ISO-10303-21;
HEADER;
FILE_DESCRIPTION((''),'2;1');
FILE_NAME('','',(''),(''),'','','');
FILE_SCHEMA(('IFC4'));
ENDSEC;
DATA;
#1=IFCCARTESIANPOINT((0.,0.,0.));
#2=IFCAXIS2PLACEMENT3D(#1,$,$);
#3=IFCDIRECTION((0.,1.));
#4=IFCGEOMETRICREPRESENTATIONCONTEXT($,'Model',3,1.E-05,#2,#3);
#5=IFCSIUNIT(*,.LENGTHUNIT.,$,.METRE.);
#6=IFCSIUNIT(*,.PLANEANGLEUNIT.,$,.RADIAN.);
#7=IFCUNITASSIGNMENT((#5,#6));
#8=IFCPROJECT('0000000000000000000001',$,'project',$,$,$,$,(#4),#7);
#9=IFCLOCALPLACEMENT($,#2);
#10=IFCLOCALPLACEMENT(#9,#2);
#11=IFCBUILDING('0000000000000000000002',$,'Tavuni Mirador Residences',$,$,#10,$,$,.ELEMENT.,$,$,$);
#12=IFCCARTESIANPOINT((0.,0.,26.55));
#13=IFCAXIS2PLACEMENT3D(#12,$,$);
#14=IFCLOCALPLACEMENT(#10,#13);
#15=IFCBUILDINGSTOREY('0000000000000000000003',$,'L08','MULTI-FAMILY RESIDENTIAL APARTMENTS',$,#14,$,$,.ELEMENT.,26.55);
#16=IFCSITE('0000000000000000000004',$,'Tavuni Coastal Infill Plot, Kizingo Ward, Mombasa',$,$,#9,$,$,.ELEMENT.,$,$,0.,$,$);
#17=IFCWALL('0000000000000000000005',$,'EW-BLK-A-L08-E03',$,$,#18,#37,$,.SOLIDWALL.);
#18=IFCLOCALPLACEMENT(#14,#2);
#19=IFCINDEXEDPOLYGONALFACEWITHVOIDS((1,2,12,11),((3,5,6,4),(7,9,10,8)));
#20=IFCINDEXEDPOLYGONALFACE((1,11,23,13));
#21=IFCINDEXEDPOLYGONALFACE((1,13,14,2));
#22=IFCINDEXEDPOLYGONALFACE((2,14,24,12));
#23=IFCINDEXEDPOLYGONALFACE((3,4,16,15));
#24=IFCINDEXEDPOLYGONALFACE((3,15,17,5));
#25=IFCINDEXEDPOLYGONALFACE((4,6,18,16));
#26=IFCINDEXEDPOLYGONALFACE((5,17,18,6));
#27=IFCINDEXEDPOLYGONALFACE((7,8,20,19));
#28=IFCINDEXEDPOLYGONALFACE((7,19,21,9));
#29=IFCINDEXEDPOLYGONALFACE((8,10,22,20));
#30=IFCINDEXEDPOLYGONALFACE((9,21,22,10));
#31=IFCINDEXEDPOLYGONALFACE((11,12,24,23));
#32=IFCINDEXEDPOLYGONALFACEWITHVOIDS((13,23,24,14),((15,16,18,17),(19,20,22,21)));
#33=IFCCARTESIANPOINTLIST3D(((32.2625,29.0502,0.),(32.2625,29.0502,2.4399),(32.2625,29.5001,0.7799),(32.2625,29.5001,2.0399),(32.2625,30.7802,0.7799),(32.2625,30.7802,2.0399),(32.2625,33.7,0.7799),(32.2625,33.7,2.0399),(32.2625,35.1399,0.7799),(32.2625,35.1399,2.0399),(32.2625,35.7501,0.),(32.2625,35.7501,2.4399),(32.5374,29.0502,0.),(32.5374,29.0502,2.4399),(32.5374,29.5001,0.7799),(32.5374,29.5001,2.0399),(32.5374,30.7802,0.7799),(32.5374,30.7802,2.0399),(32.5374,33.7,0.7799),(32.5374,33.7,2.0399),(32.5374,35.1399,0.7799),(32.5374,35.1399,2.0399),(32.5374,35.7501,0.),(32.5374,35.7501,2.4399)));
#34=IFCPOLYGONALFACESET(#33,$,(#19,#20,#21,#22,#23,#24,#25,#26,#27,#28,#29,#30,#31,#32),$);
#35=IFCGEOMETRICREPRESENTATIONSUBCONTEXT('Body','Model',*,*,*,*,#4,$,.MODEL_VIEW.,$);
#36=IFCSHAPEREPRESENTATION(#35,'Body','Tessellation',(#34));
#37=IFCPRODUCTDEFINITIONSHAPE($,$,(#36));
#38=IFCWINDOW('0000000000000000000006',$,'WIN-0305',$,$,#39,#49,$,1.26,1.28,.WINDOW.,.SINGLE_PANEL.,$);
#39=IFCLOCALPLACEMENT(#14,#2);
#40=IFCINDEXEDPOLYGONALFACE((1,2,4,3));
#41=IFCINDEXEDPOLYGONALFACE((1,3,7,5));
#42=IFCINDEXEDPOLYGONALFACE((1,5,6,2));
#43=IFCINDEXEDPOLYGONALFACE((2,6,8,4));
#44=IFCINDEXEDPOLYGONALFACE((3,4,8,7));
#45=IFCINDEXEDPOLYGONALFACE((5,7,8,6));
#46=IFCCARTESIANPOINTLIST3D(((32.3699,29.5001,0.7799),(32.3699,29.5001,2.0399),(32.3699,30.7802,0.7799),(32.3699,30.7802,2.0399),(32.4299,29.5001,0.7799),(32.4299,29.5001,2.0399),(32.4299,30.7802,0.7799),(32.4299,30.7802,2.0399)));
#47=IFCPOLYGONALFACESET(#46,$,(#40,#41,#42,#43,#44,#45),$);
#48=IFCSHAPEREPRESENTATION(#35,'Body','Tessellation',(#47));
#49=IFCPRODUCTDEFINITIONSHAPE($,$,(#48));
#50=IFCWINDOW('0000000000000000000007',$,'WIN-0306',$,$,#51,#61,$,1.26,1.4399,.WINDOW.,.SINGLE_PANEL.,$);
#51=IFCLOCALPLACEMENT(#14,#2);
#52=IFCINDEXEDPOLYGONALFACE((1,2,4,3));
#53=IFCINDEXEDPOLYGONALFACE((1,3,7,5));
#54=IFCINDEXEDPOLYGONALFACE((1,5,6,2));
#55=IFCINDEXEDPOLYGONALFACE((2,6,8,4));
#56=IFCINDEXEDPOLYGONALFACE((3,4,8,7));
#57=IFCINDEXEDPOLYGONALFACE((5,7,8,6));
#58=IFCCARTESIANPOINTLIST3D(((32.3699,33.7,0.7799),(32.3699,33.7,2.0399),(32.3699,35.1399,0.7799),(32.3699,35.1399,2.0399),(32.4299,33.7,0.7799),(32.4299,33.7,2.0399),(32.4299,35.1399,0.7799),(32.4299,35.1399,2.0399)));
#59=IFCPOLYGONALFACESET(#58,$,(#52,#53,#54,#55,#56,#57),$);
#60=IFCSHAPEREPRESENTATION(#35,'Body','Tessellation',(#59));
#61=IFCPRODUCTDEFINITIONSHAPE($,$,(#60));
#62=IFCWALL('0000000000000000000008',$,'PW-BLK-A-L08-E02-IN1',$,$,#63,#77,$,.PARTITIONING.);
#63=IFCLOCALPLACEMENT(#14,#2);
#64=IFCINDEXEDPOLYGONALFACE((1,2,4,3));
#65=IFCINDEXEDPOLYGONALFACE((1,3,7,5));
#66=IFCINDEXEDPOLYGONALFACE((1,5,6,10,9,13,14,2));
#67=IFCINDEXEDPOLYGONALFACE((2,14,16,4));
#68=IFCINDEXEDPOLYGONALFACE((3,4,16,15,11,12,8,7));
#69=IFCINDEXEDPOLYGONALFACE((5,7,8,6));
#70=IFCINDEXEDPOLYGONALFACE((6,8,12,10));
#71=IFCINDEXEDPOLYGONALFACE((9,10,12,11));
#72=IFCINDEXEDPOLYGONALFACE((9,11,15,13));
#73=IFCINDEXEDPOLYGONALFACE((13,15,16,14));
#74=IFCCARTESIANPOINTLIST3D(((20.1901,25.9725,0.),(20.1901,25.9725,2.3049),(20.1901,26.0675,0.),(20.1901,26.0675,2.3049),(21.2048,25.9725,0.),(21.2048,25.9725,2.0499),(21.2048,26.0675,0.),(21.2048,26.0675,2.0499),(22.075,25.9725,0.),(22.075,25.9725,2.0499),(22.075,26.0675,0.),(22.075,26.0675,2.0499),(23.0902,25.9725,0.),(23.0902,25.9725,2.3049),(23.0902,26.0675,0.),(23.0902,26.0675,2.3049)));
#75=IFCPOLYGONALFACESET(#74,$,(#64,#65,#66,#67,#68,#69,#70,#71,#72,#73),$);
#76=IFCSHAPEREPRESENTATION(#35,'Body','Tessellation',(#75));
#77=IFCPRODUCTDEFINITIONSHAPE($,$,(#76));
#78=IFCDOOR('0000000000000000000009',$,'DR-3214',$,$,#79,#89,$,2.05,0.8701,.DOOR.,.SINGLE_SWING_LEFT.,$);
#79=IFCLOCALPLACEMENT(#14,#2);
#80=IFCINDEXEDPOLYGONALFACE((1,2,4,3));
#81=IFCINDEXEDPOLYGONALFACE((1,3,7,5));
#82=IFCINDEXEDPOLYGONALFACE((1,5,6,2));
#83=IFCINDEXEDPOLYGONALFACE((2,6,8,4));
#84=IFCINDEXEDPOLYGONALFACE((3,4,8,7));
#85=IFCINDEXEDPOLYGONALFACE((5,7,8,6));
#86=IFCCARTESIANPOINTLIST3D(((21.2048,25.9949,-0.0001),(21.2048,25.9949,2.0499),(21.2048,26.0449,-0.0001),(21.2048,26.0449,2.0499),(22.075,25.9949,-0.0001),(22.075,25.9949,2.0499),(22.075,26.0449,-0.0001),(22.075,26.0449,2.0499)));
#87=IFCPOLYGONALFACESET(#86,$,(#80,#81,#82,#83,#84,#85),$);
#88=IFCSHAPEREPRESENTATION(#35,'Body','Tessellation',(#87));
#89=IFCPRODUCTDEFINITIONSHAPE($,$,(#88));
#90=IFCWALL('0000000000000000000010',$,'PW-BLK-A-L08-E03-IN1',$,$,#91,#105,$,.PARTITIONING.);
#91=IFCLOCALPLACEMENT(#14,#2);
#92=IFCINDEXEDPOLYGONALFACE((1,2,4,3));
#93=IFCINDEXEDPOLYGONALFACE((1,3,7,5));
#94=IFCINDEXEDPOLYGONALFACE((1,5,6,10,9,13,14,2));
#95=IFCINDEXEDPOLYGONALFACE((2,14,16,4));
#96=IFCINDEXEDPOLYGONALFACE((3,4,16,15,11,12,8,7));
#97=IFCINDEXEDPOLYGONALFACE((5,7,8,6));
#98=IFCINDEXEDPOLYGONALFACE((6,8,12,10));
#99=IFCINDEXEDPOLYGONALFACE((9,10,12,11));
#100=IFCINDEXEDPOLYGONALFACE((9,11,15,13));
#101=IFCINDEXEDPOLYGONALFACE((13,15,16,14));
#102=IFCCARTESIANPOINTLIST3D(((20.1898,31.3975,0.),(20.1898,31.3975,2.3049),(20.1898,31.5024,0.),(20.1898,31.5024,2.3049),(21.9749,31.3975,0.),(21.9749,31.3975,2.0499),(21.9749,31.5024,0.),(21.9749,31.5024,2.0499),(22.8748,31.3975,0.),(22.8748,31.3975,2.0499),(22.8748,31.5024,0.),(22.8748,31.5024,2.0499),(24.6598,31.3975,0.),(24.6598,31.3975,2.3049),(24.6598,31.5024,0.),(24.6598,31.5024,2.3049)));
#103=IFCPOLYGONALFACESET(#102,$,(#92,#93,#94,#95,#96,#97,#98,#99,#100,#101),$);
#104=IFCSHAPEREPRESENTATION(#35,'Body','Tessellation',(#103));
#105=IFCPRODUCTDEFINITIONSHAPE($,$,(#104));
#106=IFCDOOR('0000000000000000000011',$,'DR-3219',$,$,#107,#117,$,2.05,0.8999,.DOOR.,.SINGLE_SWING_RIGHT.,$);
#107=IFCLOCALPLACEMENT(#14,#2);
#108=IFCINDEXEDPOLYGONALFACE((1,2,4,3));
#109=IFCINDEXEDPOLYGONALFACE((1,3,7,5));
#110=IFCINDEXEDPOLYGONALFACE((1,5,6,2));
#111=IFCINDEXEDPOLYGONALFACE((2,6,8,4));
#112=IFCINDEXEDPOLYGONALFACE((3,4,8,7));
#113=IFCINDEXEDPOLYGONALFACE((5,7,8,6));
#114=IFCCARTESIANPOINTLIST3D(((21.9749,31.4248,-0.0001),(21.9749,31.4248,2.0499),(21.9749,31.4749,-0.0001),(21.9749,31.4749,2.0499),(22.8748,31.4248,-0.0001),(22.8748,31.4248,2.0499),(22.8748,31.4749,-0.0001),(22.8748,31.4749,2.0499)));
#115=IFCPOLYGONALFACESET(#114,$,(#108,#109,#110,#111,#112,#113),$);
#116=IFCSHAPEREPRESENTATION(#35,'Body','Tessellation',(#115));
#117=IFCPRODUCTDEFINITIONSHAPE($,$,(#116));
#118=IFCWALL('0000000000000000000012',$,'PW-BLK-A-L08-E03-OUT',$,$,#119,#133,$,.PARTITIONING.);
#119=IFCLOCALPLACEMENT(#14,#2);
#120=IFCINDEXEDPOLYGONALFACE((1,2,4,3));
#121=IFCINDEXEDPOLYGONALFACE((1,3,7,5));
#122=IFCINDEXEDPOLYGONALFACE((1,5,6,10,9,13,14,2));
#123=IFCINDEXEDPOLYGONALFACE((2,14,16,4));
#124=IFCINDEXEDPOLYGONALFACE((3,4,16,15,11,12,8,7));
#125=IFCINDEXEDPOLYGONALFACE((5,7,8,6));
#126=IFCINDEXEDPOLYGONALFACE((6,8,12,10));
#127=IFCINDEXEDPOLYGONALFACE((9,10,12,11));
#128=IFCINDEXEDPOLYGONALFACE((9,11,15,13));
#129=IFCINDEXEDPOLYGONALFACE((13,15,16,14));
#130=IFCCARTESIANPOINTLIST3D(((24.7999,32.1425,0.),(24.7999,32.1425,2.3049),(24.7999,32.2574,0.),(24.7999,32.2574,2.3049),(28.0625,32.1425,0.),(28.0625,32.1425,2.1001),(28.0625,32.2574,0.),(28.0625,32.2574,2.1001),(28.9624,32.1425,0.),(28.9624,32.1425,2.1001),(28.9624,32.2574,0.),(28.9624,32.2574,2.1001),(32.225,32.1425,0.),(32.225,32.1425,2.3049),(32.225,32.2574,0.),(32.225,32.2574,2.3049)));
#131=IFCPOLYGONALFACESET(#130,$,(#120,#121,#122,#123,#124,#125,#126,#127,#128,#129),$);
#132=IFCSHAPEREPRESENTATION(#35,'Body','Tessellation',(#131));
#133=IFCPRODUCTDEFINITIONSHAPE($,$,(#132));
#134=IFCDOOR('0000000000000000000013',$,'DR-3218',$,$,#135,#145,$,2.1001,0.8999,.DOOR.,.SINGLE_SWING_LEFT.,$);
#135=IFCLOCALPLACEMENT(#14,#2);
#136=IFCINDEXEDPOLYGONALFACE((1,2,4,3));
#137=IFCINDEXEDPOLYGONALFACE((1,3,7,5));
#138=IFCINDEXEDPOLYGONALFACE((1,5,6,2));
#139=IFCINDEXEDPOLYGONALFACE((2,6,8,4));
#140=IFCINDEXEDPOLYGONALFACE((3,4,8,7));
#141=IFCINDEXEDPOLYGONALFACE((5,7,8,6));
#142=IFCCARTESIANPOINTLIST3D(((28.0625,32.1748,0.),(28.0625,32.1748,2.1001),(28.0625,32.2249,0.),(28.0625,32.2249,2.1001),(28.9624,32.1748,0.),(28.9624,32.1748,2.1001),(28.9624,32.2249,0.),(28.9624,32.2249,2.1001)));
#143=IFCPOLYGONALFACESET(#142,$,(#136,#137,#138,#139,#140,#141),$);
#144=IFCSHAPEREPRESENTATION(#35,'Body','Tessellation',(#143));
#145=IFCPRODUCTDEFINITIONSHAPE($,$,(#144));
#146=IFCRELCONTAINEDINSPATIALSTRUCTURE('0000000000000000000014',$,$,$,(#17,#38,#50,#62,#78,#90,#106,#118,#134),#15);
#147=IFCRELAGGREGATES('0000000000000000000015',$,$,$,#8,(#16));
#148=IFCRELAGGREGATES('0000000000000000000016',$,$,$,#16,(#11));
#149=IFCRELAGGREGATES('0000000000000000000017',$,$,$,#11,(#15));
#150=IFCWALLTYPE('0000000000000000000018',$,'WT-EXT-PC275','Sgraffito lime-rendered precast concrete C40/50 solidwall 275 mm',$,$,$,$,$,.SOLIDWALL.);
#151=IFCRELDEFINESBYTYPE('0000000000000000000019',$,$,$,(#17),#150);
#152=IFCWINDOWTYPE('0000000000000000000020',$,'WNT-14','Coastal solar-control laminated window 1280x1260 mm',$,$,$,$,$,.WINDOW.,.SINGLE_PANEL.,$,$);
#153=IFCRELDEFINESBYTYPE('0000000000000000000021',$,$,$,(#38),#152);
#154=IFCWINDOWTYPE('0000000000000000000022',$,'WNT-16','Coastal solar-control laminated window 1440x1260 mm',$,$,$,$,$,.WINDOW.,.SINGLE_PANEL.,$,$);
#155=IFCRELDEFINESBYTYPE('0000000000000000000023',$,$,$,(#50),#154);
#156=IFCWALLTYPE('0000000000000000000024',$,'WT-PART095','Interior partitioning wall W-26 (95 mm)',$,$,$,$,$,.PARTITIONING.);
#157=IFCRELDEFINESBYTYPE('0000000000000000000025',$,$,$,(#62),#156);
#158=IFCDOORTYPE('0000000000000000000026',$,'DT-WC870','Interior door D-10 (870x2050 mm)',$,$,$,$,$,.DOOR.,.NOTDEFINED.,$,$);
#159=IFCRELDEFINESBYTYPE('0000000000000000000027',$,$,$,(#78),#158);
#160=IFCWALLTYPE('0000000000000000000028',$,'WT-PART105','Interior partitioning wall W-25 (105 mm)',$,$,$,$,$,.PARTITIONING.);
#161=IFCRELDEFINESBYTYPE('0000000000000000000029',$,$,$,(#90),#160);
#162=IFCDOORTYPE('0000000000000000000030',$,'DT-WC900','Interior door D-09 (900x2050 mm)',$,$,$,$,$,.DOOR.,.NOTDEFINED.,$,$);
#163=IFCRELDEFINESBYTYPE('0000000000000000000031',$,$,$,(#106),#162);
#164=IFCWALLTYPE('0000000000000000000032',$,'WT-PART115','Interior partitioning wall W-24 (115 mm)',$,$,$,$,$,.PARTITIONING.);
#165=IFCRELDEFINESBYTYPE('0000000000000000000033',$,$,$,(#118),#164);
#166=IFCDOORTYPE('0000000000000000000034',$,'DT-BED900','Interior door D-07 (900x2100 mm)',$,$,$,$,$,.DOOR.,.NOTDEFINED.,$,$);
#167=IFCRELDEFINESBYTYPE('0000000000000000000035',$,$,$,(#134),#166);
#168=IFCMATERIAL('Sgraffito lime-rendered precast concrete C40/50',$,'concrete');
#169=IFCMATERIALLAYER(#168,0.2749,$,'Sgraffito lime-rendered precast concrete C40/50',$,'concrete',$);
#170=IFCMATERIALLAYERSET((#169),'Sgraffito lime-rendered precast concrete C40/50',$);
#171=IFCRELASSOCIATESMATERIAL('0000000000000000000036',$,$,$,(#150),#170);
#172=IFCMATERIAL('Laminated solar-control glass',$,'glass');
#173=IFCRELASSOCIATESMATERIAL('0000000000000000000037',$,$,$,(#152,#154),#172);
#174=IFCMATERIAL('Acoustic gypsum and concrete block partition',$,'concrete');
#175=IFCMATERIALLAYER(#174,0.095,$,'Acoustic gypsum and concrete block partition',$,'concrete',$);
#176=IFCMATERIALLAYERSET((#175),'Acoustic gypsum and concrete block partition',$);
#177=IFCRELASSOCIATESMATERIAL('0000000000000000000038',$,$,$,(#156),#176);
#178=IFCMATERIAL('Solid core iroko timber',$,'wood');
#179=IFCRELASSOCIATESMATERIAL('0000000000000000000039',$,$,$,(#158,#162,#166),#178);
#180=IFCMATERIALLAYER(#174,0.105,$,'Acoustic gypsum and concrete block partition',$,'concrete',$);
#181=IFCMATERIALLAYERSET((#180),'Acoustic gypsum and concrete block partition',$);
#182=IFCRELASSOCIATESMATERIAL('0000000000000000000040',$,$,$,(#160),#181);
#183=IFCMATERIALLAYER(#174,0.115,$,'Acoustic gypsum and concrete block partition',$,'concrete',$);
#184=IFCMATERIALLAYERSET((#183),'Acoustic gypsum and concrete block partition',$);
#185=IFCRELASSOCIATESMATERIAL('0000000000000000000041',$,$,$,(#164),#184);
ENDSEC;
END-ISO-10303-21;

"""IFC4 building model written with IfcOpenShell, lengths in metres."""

from ifc_helpers import new_model, si_unit, direction, frame, frame_2d, origin, place, context, subcontext, project, spatial, rectangle, extrude, material, layer, layer_set, type_object, element, fill, save


model = new_model("IFC4")

# Units and contexts
model_context = context("Model", 3, precision=1e-05, world=origin(), true_north=direction((0.0, 1.0)))
body_context = subcontext(model_context, "Body", "Model", "MODEL_VIEW")
ifc_project = project(units=[si_unit("LENGTHUNIT", "METRE"), si_unit("PLANEANGLEUNIT", "RADIAN")], contexts=[model_context])

# Site, building, storey
site_placement = place(None, origin())
site = spatial("IfcSite", under=ifc_project, at=site_placement, Name="Tavuni Coastal Infill Plot, Kizingo Ward, Mombasa", CompositionType="ELEMENT", RefElevation=0.0)
building_placement = place(site_placement, origin())
building = spatial("IfcBuilding", under=site, at=building_placement, Name="Tavuni Mirador Residences", CompositionType="ELEMENT")
storey_placement = place(building_placement, frame((0.0, 0.0, 26.55)))
storey = spatial("IfcBuildingStorey", under=building, at=storey_placement, Name="L08", Description="MULTI-FAMILY RESIDENTIAL APARTMENTS", CompositionType="ELEMENT", Elevation=26.55)

# Shared definitions
ifc_material_1 = material(Name="Solid core iroko timber", Category="wood")

# Wall, openings, windows
ifc_material_2 = material(Name="Sgraffito lime-rendered precast concrete C40/50", Category="concrete")
ifc_layer_1 = layer(ifc_material_2, 0.2749, Name="Sgraffito lime-rendered precast concrete C40/50", Category="concrete")
ifc_layer_set_1 = layer_set([ifc_layer_1], Name="Sgraffito lime-rendered precast concrete C40/50")
wall_type_1 = type_object("IfcWallType", Name="WT-EXT-PC275", Description="Sgraffito lime-rendered precast concrete C40/50 solidwall 275 mm", PredefinedType="SOLIDWALL", material=ifc_layer_set_1)
wall_1_placement = place(storey_placement, frame((32.3999, 29.05, 0.0), z_axis=(0.0, 0.0, 1.0), x_axis=(0.0, 1.0, 0.0)))
wall_1 = element("IfcWall", 1, at=wall_1_placement, inside=storey, type_object=wall_type_1, Name="EW-BLK-A-L08-E03", PredefinedType="SOLIDWALL", context=body_context, shape_type="SweptSolid", body=[
    extrude(rectangle(XDim=6.7, YDim=0.2749, at=frame_2d((3.3501, 0.0))), origin(), (0.0, 0.0, 1.0), 2.4399),
])
opening_1_placement = place(wall_1_placement, frame((0.45, 0.0, 0.78)))
opening_1 = element("IfcOpeningElement", 2, at=opening_1_placement, cuts=wall_1, PredefinedType="OPENING", context=body_context, shape_type="SweptSolid", body=[
    extrude(rectangle(XDim=1.28, YDim=1.26, at=frame_2d((0.6401, 0.6299))), frame((0.0, 0.1475, 0.0), z_axis=(0.0, -1.0, 0.0), x_axis=(1.0, 0.0, 0.0)), (0.0, 0.0, 1.0), 0.2949),
])
opening_2_placement = place(wall_1_placement, frame((4.6499, 0.0, 0.78)))
opening_2 = element("IfcOpeningElement", 3, at=opening_2_placement, cuts=wall_1, PredefinedType="OPENING", context=body_context, shape_type="SweptSolid", body=[
    extrude(rectangle(XDim=1.4399, YDim=1.26, at=frame_2d((0.72, 0.6299))), frame((0.0, 0.1475, 0.0), z_axis=(0.0, -1.0, 0.0), x_axis=(1.0, 0.0, 0.0)), (0.0, 0.0, 1.0), 0.2949),
])
ifc_material_3 = material(Name="Laminated solar-control glass", Category="glass")
window_type_1 = type_object("IfcWindowType", Name="WNT-14", Description="Coastal solar-control laminated window 1280x1260 mm", PartitioningType="SINGLE_PANEL", PredefinedType="WINDOW", material=ifc_material_3)
window_1_placement = place(opening_1_placement, origin())
window_1 = element("IfcWindow", 4, at=window_1_placement, inside=storey, type_object=window_type_1, Name="WIN-0305", OverallHeight=1.26, OverallWidth=1.28, PartitioningType="SINGLE_PANEL", PredefinedType="WINDOW", context=body_context, shape_type="SweptSolid", body=[
    extrude(rectangle(XDim=1.28, YDim=1.26, at=frame_2d((0.6401, 0.6299))), frame((0.0, 0.03, 0.0), z_axis=(0.0, -1.0, 0.0), x_axis=(1.0, 0.0, 0.0)), (0.0, 0.0, 1.0), 0.0601),
])
fill(opening_1, window_1)
window_type_2 = type_object("IfcWindowType", Name="WNT-16", Description="Coastal solar-control laminated window 1440x1260 mm", PartitioningType="SINGLE_PANEL", PredefinedType="WINDOW", material=ifc_material_3)
window_2_placement = place(opening_2_placement, origin())
window_2 = element("IfcWindow", 5, at=window_2_placement, inside=storey, type_object=window_type_2, Name="WIN-0306", OverallHeight=1.26, OverallWidth=1.4399, PartitioningType="SINGLE_PANEL", PredefinedType="WINDOW", context=body_context, shape_type="SweptSolid", body=[
    extrude(rectangle(XDim=1.4399, YDim=1.26, at=frame_2d((0.72, 0.6299))), frame((0.0, 0.03, 0.0), z_axis=(0.0, -1.0, 0.0), x_axis=(1.0, 0.0, 0.0)), (0.0, 0.0, 1.0), 0.0601),
])
fill(opening_2, window_2)

# Walls, openings, doors
ifc_material_4 = material(Name="Acoustic gypsum and concrete block partition", Category="concrete")
ifc_layer_2 = layer(ifc_material_4, 0.095, Name="Acoustic gypsum and concrete block partition", Category="concrete")
ifc_layer_set_2 = layer_set([ifc_layer_2], Name="Acoustic gypsum and concrete block partition")
wall_type_2 = type_object("IfcWallType", Name="WT-PART095", Description="Interior partitioning wall W-26 (95 mm)", PredefinedType="PARTITIONING", material=ifc_layer_set_2)
wall_2_placement = place(storey_placement, frame((20.1899, 26.02, 0.0), z_axis=(0.0, 0.0, 1.0), x_axis=(1.0, 0.0, 0.0)))
wall_2 = element("IfcWall", 6, at=wall_2_placement, inside=storey, type_object=wall_type_2, Name="PW-BLK-A-L08-E02-IN1", PredefinedType="PARTITIONING", context=body_context, shape_type="SweptSolid", body=[
    extrude(rectangle(XDim=2.9001, YDim=0.095, at=frame_2d((1.4502, 0.0))), origin(), (0.0, 0.0, 1.0), 2.3049),
])
opening_3_placement = place(wall_2_placement, frame((1.0149, 0.0, 0.0)))
opening_3 = element("IfcOpeningElement", 7, at=opening_3_placement, cuts=wall_2, PredefinedType="OPENING", context=body_context, shape_type="SweptSolid", body=[
    extrude(rectangle(XDim=0.8701, YDim=2.05, at=frame_2d((0.4351, 1.0249))), frame((0.0, 0.0576, 0.0), z_axis=(0.0, -1.0, 0.0), x_axis=(1.0, 0.0, 0.0)), (0.0, 0.0, 1.0), 0.115),
])
door_type_1 = type_object("IfcDoorType", Name="DT-WC870", Description="Interior door D-10 (870x2050 mm)", OperationType="NOTDEFINED", PredefinedType="DOOR", material=ifc_material_1)
door_1_placement = place(opening_3_placement, origin())
door_1 = element("IfcDoor", 8, at=door_1_placement, inside=storey, type_object=door_type_1, Name="DR-3214", OperationType="SINGLE_SWING_LEFT", OverallHeight=2.05, OverallWidth=0.8701, PredefinedType="DOOR", context=body_context, shape_type="SweptSolid", body=[
    extrude(rectangle(XDim=0.8701, YDim=2.05, at=frame_2d((0.4351, 1.0249))), frame((0.0, 0.0249, 0.0), z_axis=(0.0, -1.0, 0.0), x_axis=(1.0, 0.0, 0.0)), (0.0, 0.0, 1.0), 0.05),
])
fill(opening_3, door_1)
ifc_layer_3 = layer(ifc_material_4, 0.105, Name="Acoustic gypsum and concrete block partition", Category="concrete")
ifc_layer_set_3 = layer_set([ifc_layer_3], Name="Acoustic gypsum and concrete block partition")
wall_type_3 = type_object("IfcWallType", Name="WT-PART105", Description="Interior partitioning wall W-25 (105 mm)", PredefinedType="PARTITIONING", material=ifc_layer_set_3)
wall_3_placement = place(storey_placement, frame((20.1899, 31.45, 0.0), z_axis=(0.0, 0.0, 1.0), x_axis=(1.0, 0.0, 0.0)))
wall_3 = element("IfcWall", 9, at=wall_3_placement, inside=storey, type_object=wall_type_3, Name="PW-BLK-A-L08-E03-IN1", PredefinedType="PARTITIONING", context=body_context, shape_type="SweptSolid", body=[
    extrude(rectangle(XDim=4.47, YDim=0.105, at=frame_2d((2.2349, 0.0))), origin(), (0.0, 0.0, 1.0), 2.3049),
])
opening_4_placement = place(wall_3_placement, frame((1.7849, 0.0, 0.0)))
opening_4 = element("IfcOpeningElement", 10, at=opening_4_placement, cuts=wall_3, PredefinedType="OPENING", context=body_context, shape_type="SweptSolid", body=[
    extrude(rectangle(XDim=0.8999, YDim=2.05, at=frame_2d((0.45, 1.0249))), frame((0.0, 0.0625, 0.0), z_axis=(0.0, -1.0, 0.0), x_axis=(1.0, 0.0, 0.0)), (0.0, 0.0, 1.0), 0.125),
])
door_type_2 = type_object("IfcDoorType", Name="DT-WC900", Description="Interior door D-09 (900x2050 mm)", OperationType="NOTDEFINED", PredefinedType="DOOR", material=ifc_material_1)
door_2_placement = place(opening_4_placement, origin())
door_2 = element("IfcDoor", 11, at=door_2_placement, inside=storey, type_object=door_type_2, Name="DR-3219", OperationType="SINGLE_SWING_RIGHT", OverallHeight=2.05, OverallWidth=0.8999, PredefinedType="DOOR", context=body_context, shape_type="SweptSolid", body=[
    extrude(rectangle(XDim=0.8999, YDim=2.05, at=frame_2d((0.45, 1.0249))), frame((0.0, 0.0249, 0.0), z_axis=(0.0, -1.0, 0.0), x_axis=(1.0, 0.0, 0.0)), (0.0, 0.0, 1.0), 0.05),
])
fill(opening_4, door_2)
ifc_layer_4 = layer(ifc_material_4, 0.115, Name="Acoustic gypsum and concrete block partition", Category="concrete")
ifc_layer_set_4 = layer_set([ifc_layer_4], Name="Acoustic gypsum and concrete block partition")
wall_type_4 = type_object("IfcWallType", Name="WT-PART115", Description="Interior partitioning wall W-24 (115 mm)", PredefinedType="PARTITIONING", material=ifc_layer_set_4)
wall_4_placement = place(storey_placement, frame((24.8, 32.2, 0.0), z_axis=(0.0, 0.0, 1.0), x_axis=(1.0, 0.0, 0.0)))
wall_4 = element("IfcWall", 12, at=wall_4_placement, inside=storey, type_object=wall_type_4, Name="PW-BLK-A-L08-E03-OUT", PredefinedType="PARTITIONING", context=body_context, shape_type="SweptSolid", body=[
    extrude(rectangle(XDim=7.425, YDim=0.115, at=frame_2d((3.7124, 0.0))), origin(), (0.0, 0.0, 1.0), 2.3049),
])
opening_5_placement = place(wall_4_placement, frame((3.2625, 0.0, 0.0)))
opening_5 = element("IfcOpeningElement", 13, at=opening_5_placement, cuts=wall_4, PredefinedType="OPENING", context=body_context, shape_type="SweptSolid", body=[
    extrude(rectangle(XDim=0.8999, YDim=2.1001, at=frame_2d((0.45, 1.05))), frame((0.0, 0.0674, 0.0), z_axis=(0.0, -1.0, 0.0), x_axis=(1.0, 0.0, 0.0)), (0.0, 0.0, 1.0), 0.135),
])
door_type_3 = type_object("IfcDoorType", Name="DT-BED900", Description="Interior door D-07 (900x2100 mm)", OperationType="NOTDEFINED", PredefinedType="DOOR", material=ifc_material_1)
door_3_placement = place(opening_5_placement, origin())
door_3 = element("IfcDoor", 14, at=door_3_placement, inside=storey, type_object=door_type_3, Name="DR-3218", OperationType="SINGLE_SWING_LEFT", OverallHeight=2.1001, OverallWidth=0.8999, PredefinedType="DOOR", context=body_context, shape_type="SweptSolid", body=[
    extrude(rectangle(XDim=0.8999, YDim=2.1001, at=frame_2d((0.45, 1.05))), frame((0.0, 0.0249, 0.0), z_axis=(0.0, -1.0, 0.0), x_axis=(1.0, 0.0, 0.0)), (0.0, 0.0, 1.0), 0.05),
])
fill(opening_5, door_3)

save(model, "model.ifc")
